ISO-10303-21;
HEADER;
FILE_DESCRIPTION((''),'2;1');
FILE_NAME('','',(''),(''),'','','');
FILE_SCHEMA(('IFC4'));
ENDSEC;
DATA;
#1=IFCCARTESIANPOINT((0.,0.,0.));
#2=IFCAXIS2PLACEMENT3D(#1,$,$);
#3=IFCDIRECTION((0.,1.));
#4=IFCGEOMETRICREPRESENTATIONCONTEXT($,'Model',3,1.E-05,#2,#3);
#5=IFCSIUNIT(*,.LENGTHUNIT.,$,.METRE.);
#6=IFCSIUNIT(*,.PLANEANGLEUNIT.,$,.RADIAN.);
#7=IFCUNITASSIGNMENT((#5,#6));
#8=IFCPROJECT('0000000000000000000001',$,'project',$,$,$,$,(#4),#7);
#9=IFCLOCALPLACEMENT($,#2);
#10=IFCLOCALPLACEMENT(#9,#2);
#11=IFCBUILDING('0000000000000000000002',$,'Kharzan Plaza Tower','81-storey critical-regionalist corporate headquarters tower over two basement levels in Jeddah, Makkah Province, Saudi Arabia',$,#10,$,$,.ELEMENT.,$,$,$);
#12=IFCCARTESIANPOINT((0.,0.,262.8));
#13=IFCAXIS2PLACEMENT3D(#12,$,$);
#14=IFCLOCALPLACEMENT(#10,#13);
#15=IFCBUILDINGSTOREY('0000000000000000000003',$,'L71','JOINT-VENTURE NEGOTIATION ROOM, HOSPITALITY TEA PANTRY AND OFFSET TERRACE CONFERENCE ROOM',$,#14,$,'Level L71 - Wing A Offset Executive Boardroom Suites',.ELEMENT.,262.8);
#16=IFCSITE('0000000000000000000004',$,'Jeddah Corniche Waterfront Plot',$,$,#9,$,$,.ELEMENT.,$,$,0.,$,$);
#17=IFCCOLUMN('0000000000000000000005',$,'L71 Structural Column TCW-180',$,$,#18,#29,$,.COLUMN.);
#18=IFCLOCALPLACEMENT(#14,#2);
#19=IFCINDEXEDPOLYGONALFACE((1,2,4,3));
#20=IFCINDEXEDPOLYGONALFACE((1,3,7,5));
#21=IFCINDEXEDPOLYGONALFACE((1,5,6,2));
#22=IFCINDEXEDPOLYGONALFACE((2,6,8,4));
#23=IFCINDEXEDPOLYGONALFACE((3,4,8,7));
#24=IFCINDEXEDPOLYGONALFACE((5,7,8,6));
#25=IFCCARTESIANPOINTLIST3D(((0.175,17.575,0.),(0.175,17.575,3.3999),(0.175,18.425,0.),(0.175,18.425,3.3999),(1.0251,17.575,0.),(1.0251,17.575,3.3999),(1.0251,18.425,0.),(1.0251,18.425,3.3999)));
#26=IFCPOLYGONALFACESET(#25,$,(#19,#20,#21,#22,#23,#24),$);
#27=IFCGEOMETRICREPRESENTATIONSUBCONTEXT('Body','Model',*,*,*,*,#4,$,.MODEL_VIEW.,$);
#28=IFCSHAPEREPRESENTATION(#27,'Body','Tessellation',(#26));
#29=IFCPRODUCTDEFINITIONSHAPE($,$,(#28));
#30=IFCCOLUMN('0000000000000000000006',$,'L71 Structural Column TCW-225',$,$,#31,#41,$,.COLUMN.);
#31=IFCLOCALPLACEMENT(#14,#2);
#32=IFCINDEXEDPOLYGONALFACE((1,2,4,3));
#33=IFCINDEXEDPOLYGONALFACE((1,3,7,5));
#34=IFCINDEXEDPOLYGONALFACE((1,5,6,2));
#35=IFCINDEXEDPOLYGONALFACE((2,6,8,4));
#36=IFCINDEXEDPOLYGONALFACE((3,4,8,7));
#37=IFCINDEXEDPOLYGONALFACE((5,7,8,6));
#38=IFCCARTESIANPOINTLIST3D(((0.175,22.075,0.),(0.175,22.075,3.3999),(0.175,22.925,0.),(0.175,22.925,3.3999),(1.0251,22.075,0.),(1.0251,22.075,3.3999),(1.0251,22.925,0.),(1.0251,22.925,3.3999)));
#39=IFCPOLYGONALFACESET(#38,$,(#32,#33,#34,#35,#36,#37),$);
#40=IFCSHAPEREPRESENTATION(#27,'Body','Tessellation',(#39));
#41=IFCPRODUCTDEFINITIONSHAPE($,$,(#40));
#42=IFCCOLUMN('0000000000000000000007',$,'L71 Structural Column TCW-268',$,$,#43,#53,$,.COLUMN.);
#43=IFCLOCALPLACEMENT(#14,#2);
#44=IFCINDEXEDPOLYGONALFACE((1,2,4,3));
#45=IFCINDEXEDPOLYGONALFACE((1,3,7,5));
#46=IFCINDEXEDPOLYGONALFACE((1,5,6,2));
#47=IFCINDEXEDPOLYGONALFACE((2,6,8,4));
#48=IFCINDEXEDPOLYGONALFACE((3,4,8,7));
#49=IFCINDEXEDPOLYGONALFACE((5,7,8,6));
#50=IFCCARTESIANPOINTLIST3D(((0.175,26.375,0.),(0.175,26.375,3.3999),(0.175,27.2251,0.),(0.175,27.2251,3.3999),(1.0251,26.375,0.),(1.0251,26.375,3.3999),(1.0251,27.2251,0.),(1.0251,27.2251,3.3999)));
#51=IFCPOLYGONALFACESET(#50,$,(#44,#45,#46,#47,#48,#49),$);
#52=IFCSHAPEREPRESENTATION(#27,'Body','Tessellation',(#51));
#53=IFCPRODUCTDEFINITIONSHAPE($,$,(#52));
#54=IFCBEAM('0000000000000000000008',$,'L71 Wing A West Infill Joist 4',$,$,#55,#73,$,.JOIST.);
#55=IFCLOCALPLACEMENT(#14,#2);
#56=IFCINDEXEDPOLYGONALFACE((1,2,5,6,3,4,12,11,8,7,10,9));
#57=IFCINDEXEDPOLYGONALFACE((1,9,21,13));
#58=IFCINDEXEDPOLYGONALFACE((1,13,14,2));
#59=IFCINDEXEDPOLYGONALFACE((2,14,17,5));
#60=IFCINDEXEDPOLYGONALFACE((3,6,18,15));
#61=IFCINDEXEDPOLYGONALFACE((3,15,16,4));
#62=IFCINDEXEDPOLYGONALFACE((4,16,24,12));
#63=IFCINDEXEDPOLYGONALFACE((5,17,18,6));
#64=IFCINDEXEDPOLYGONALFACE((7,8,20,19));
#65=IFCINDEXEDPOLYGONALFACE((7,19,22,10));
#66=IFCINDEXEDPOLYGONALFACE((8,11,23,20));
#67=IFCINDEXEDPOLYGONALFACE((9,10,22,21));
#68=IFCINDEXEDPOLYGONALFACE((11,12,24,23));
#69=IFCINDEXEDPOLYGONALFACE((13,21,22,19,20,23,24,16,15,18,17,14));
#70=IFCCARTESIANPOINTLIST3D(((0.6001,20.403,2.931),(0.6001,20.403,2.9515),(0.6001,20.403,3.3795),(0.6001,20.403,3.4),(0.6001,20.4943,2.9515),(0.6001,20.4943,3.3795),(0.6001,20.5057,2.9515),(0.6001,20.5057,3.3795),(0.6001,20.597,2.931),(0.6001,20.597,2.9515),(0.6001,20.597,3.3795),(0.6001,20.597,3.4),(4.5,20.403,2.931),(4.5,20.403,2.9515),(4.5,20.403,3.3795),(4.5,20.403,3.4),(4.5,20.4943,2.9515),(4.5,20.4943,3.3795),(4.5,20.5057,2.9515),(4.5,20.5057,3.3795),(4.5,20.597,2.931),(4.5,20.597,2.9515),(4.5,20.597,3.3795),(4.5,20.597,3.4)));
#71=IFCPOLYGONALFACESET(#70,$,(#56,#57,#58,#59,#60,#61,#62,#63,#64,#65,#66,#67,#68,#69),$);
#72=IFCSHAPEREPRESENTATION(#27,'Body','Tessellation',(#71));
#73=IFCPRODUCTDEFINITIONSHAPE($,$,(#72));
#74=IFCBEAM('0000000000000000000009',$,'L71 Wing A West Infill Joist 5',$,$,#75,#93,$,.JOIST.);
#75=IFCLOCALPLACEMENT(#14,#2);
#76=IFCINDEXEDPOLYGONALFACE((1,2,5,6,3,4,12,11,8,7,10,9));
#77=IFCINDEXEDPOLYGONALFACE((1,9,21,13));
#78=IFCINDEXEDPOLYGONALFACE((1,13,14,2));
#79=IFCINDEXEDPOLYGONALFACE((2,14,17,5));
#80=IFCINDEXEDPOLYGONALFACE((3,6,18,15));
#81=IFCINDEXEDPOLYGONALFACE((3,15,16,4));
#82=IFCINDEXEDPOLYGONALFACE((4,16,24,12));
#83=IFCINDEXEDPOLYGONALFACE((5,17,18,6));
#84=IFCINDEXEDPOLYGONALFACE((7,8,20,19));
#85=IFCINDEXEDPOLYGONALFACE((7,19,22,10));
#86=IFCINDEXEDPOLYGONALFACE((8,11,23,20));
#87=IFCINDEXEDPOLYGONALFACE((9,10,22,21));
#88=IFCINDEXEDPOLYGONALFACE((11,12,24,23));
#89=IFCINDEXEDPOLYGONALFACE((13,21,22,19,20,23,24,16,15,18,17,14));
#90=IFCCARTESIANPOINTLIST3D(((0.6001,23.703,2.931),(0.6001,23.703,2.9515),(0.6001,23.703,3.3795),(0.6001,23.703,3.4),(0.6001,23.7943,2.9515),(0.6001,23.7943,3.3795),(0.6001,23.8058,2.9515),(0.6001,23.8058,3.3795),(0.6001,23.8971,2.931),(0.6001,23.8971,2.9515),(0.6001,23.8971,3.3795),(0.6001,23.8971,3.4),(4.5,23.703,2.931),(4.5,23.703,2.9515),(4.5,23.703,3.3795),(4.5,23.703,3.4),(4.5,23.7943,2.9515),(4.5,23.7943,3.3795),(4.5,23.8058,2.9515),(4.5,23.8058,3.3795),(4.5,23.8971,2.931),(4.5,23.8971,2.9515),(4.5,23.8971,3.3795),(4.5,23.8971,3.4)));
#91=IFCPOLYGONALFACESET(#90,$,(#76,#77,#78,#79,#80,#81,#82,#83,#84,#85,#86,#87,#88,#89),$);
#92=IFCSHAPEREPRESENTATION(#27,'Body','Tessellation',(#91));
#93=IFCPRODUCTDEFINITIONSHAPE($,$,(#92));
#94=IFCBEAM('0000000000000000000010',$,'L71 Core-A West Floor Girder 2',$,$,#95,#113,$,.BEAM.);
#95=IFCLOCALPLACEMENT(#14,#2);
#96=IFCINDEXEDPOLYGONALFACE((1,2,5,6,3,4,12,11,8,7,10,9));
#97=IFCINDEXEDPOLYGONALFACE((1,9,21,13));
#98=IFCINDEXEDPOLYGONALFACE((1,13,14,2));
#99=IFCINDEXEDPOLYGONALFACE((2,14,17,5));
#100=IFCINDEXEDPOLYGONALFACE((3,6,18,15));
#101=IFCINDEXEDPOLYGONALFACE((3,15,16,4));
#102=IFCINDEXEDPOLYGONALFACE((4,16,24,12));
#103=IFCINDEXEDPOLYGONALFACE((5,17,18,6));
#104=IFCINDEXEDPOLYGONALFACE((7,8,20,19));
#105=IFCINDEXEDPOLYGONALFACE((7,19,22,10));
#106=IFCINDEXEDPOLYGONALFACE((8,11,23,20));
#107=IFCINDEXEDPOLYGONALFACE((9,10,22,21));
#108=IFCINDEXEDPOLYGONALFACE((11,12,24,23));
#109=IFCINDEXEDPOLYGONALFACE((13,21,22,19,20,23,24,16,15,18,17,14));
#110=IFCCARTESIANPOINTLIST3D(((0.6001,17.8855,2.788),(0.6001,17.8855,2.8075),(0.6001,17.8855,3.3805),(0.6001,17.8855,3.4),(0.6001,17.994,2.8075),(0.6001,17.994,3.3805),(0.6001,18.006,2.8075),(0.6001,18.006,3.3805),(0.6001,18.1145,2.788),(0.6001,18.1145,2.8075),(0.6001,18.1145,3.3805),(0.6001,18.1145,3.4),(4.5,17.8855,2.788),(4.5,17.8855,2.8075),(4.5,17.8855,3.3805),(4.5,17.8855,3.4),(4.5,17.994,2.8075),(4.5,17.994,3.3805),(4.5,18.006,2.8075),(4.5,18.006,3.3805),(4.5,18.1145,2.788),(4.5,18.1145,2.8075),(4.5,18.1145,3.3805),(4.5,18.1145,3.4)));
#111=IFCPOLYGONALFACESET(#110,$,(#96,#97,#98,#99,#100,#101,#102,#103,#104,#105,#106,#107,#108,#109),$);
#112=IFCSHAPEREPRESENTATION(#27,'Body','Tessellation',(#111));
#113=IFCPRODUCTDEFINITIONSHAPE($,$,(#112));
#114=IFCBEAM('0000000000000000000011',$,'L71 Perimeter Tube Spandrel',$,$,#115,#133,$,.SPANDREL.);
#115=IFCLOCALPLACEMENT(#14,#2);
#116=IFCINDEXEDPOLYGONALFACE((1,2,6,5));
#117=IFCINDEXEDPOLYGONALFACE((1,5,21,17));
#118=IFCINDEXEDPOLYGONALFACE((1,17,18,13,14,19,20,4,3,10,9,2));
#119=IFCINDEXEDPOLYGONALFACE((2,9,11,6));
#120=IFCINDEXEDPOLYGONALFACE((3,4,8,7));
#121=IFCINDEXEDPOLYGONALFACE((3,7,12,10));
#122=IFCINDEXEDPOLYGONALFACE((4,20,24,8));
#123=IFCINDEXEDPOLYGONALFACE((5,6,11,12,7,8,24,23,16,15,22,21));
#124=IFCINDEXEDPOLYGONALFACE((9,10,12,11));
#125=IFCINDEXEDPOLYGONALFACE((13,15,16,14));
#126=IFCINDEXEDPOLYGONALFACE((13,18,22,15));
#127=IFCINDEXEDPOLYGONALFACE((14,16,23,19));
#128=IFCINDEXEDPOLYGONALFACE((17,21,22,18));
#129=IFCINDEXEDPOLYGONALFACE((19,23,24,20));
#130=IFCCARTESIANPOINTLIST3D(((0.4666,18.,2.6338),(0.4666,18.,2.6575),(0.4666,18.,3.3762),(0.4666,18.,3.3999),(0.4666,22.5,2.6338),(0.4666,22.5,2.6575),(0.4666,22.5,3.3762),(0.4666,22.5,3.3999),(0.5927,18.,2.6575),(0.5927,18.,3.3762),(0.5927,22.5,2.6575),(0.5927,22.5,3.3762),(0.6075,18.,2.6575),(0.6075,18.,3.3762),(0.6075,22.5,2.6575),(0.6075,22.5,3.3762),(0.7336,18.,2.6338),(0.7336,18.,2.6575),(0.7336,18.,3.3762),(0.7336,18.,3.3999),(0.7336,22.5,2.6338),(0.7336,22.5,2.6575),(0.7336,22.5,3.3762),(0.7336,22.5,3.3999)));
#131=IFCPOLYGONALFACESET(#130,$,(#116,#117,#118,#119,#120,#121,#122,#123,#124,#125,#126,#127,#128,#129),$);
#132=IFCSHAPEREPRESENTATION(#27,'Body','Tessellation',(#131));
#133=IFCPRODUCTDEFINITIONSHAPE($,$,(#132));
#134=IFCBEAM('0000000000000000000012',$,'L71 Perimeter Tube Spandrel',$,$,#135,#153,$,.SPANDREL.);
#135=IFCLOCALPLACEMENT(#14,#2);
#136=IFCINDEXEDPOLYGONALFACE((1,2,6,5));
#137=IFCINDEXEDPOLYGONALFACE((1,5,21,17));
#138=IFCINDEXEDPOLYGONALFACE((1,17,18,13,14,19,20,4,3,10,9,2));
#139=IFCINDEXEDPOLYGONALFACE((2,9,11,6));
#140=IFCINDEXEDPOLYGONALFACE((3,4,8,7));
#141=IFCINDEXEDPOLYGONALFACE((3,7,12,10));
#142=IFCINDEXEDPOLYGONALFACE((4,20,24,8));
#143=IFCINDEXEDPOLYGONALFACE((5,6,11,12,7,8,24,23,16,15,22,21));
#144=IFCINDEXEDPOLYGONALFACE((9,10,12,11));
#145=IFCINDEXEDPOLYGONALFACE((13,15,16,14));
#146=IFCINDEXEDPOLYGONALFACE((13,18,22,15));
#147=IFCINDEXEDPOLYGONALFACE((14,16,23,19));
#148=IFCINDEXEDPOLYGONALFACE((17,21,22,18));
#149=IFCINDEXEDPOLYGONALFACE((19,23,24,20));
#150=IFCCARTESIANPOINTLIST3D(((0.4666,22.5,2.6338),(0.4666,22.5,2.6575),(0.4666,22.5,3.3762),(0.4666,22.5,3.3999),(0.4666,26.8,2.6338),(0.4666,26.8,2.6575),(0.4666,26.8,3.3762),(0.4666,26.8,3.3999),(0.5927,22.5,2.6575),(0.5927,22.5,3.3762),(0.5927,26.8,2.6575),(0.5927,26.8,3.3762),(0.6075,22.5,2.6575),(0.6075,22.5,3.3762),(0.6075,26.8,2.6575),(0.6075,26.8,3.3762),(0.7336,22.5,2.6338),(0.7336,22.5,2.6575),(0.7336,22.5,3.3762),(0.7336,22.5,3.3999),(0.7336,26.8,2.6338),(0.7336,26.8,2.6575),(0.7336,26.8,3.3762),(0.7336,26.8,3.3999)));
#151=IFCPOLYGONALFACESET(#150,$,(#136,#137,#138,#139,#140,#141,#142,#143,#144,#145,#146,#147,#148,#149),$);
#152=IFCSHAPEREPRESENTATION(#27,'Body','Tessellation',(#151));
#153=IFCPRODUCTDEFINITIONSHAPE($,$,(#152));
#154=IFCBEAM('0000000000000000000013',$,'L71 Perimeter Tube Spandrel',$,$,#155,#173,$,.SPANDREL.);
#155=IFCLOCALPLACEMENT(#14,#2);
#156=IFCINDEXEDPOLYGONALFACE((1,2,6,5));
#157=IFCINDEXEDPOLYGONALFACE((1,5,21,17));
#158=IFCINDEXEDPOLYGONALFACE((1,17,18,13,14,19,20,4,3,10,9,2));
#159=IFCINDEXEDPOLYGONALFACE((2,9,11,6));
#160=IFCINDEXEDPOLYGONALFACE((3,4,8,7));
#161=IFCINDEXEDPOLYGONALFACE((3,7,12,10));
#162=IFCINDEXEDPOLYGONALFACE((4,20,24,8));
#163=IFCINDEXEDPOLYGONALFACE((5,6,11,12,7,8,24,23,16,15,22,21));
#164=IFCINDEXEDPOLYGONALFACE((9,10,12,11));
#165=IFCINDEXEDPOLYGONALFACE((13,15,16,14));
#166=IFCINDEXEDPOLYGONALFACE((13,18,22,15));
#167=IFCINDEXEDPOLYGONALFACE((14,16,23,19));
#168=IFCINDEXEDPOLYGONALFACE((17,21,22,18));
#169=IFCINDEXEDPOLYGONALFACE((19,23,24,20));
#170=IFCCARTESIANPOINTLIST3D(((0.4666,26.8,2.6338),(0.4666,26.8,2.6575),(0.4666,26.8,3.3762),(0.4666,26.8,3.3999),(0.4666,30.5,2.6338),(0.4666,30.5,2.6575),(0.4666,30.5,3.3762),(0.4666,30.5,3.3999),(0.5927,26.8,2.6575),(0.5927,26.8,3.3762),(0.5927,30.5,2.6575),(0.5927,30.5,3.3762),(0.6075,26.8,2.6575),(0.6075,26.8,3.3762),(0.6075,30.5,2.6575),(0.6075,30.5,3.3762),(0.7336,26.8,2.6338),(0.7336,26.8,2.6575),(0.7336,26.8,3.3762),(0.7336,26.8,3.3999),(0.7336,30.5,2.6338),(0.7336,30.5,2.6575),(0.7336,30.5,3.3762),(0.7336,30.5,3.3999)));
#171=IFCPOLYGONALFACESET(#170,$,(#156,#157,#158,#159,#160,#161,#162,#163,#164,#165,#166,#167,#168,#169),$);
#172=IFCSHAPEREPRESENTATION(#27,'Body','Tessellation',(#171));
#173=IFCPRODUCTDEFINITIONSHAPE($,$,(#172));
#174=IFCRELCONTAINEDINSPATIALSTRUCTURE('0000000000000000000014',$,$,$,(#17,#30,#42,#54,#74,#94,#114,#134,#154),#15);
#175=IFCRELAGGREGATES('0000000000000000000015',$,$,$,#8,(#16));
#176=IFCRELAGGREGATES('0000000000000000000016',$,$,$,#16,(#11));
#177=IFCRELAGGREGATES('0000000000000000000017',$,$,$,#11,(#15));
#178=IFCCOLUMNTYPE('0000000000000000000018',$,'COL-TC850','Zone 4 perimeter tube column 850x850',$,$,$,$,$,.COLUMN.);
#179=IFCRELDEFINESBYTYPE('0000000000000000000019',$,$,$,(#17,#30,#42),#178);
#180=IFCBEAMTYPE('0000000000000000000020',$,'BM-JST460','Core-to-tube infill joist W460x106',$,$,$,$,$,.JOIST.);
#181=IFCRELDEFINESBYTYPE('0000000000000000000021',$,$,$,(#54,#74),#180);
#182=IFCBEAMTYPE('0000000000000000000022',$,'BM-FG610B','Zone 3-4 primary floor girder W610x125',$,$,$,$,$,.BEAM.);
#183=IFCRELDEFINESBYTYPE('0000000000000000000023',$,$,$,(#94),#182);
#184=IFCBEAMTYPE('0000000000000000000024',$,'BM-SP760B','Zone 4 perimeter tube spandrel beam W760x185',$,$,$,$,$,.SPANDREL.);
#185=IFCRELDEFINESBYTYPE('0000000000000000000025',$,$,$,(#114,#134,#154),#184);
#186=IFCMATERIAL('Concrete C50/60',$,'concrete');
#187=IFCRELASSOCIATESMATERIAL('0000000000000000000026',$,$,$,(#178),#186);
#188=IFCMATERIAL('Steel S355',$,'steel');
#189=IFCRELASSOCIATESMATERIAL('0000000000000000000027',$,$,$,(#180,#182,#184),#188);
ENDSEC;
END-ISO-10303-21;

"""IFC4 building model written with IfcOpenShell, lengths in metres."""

from ifc_helpers import new_model, si_unit, direction, frame, origin, origin_2d, place, context, subcontext, project, spatial, rectangle, i_section, extrude, source, transform, mapped, material, material_profile, profile_set, type_object, element, save


model = new_model("IFC4")

# Units and contexts
model_context = context("Model", 3, precision=1e-05, world=origin(), true_north=direction((0.0, 1.0)))
body_context = subcontext(model_context, "Body", "Model", "MODEL_VIEW")
ifc_project = project(units=[si_unit("LENGTHUNIT", "METRE"), si_unit("PLANEANGLEUNIT", "RADIAN")], contexts=[model_context])

# Site, building, storey
site_placement = place(None, origin())
site = spatial("IfcSite", under=ifc_project, at=site_placement, Name="Jeddah Corniche Waterfront Plot", CompositionType="ELEMENT", RefElevation=0.0)
building_placement = place(site_placement, origin())
building = spatial("IfcBuilding", under=site, at=building_placement, Name="Kharzan Plaza Tower", Description="81-storey critical-regionalist corporate headquarters tower over two basement levels in Jeddah, Makkah Province, Saudi Arabia", CompositionType="ELEMENT")
storey_placement = place(building_placement, frame((0.0, 0.0, 262.8)))
storey = spatial("IfcBuildingStorey", under=building, at=storey_placement, Name="L71", Description="JOINT-VENTURE NEGOTIATION ROOM, HOSPITALITY TEA PANTRY AND OFFSET TERRACE CONFERENCE ROOM", LongName="Level L71 - Wing A Offset Executive Boardroom Suites", CompositionType="ELEMENT", Elevation=262.8)

# Columns
ifc_material_1 = material(Name="Concrete C50/60", Category="concrete")
ifc_material_profile_1 = material_profile(ifc_material_1, rectangle(XDim=0.8501, YDim=0.8501, at=origin_2d()), Name="RC-TC850x850")
ifc_profile_set_1 = profile_set([ifc_material_profile_1], Name="Concrete C50/60")
column_type = type_object("IfcColumnType", Name="COL-TC850", Description="Zone 4 perimeter tube column 850x850", PredefinedType="COLUMN", material=ifc_profile_set_1)
shared_shape_1 = source(origin(), body_context, "Body", "SweptSolid", [
    extrude(rectangle(XDim=0.8501, YDim=0.8501, at=origin_2d()), origin(), (0.0, 0.0, 1.0), 3.3999),
])
for number, where, z_axis, x_axis, name in (
    (1, (0.6001, 18.0, 0.0), (0.0, 0.0, 1.0), (1.0, 0.0, 0.0), "L71 Structural Column TCW-180"),
    (2, (0.6001, 22.5, 0.0), (0.0, 0.0, 1.0), (1.0, 0.0, 0.0), "L71 Structural Column TCW-225"),
    (3, (0.6001, 26.8, 0.0), (0.0, 0.0, 1.0), (1.0, 0.0, 0.0), "L71 Structural Column TCW-268"),
):
    element("IfcColumn", number, at=place(storey_placement, frame(where, z_axis=z_axis, x_axis=x_axis)), inside=storey, type_object=column_type, Name=name, PredefinedType="COLUMN", context=body_context, shape_type="MappedRepresentation", body=[
        mapped(shared_shape_1, transform((0.0, 0.0, 0.0), x_axis=(1.0, 0.0, 0.0), y_axis=(0.0, 1.0, 0.0), z_axis=(0.0, 0.0, 1.0))),
    ])

# Beams
ifc_material_2 = material(Name="Steel S355", Category="steel")
ifc_material_profile_2 = material_profile(ifc_material_2, i_section(OverallWidth=0.1941, OverallDepth=0.469, WebThickness=0.0115, FlangeThickness=0.0205, at=origin_2d()), Name="W460x106")
ifc_profile_set_2 = profile_set([ifc_material_profile_2], Name="Steel S355")
beam_type_1 = type_object("IfcBeamType", Name="BM-JST460", Description="Core-to-tube infill joist W460x106", PredefinedType="JOIST", material=ifc_profile_set_2)
shared_shape_2 = source(origin(), body_context, "Body", "SweptSolid", [
    extrude(i_section(OverallWidth=0.1941, OverallDepth=0.469, WebThickness=0.0115, FlangeThickness=0.0205, at=origin_2d()), origin(), (0.0, 0.0, 1.0), 3.8999),
])
for number, where, z_axis, x_axis, name in (
    (4, (0.6001, 20.5, 3.1655), (1.0, 0.0, 0.0), (0.0, 1.0, 0.0), "L71 Wing A West Infill Joist 4"),
    (5, (0.6001, 23.8, 3.1655), (1.0, 0.0, 0.0), (0.0, 1.0, 0.0), "L71 Wing A West Infill Joist 5"),
):
    element("IfcBeam", number, at=place(storey_placement, frame(where, z_axis=z_axis, x_axis=x_axis)), inside=storey, type_object=beam_type_1, Name=name, PredefinedType="JOIST", context=body_context, shape_type="MappedRepresentation", body=[
        mapped(shared_shape_2, transform((0.0, 0.0, 0.0), x_axis=(1.0, 0.0, 0.0), y_axis=(0.0, 1.0, 0.0), z_axis=(0.0, 0.0, 1.0))),
    ])
ifc_material_profile_3 = material_profile(ifc_material_2, i_section(OverallWidth=0.229, OverallDepth=0.6121, WebThickness=0.012, FlangeThickness=0.0195, at=origin_2d()), Name="W610x125")
ifc_profile_set_3 = profile_set([ifc_material_profile_3], Name="Steel S355")
beam_type_2 = type_object("IfcBeamType", Name="BM-FG610B", Description="Zone 3-4 primary floor girder W610x125", PredefinedType="BEAM", material=ifc_profile_set_3)
shared_shape_3 = source(origin(), body_context, "Body", "SweptSolid", [
    extrude(i_section(OverallWidth=0.229, OverallDepth=0.6121, WebThickness=0.012, FlangeThickness=0.0195, at=origin_2d()), origin(), (0.0, 0.0, 1.0), 3.8999),
])
beam_1_placement = place(storey_placement, frame((0.6001, 18.0, 3.094), z_axis=(1.0, 0.0, 0.0), x_axis=(0.0, 1.0, 0.0)))
element("IfcBeam", 6, at=beam_1_placement, inside=storey, type_object=beam_type_2, Name="L71 Core-A West Floor Girder 2", PredefinedType="BEAM", context=body_context, shape_type="MappedRepresentation", body=[
    mapped(shared_shape_3, transform((0.0, 0.0, 0.0), x_axis=(1.0, 0.0, 0.0), y_axis=(0.0, 1.0, 0.0), z_axis=(0.0, 0.0, 1.0))),
])
ifc_material_profile_4 = material_profile(ifc_material_2, i_section(OverallWidth=0.2671, OverallDepth=0.7661, WebThickness=0.0149, FlangeThickness=0.0237, at=origin_2d()), Name="W760x185")
ifc_profile_set_4 = profile_set([ifc_material_profile_4], Name="Steel S355")
beam_type_3 = type_object("IfcBeamType", Name="BM-SP760B", Description="Zone 4 perimeter tube spandrel beam W760x185", PredefinedType="SPANDREL", material=ifc_profile_set_4)
shared_shape_4 = source(origin(), body_context, "Body", "SweptSolid", [
    extrude(i_section(OverallWidth=0.2671, OverallDepth=0.7661, WebThickness=0.0149, FlangeThickness=0.0237, at=origin_2d()), origin(), (0.0, 0.0, 1.0), 4.5),
])
beam_2_placement = place(storey_placement, frame((0.6001, 18.0, 3.0168), z_axis=(0.0, 1.0, 0.0), x_axis=(-1.0, 0.0, 0.0)))
element("IfcBeam", 7, at=beam_2_placement, inside=storey, type_object=beam_type_3, Name="L71 Perimeter Tube Spandrel", PredefinedType="SPANDREL", context=body_context, shape_type="MappedRepresentation", body=[
    mapped(shared_shape_4, transform((0.0, 0.0, 0.0), x_axis=(1.0, 0.0, 0.0), y_axis=(0.0, 1.0, 0.0), z_axis=(0.0, 0.0, 1.0))),
])
shared_shape_5 = source(origin(), body_context, "Body", "SweptSolid", [
    extrude(i_section(OverallWidth=0.2671, OverallDepth=0.7661, WebThickness=0.0149, FlangeThickness=0.0237, at=origin_2d()), origin(), (0.0, 0.0, 1.0), 4.3),
])
beam_3_placement = place(storey_placement, frame((0.6001, 22.5, 3.0168), z_axis=(0.0, 1.0, 0.0), x_axis=(-1.0, 0.0, 0.0)))
element("IfcBeam", 8, at=beam_3_placement, inside=storey, type_object=beam_type_3, Name="L71 Perimeter Tube Spandrel", PredefinedType="SPANDREL", context=body_context, shape_type="MappedRepresentation", body=[
    mapped(shared_shape_5, transform((0.0, 0.0, 0.0), x_axis=(1.0, 0.0, 0.0), y_axis=(0.0, 1.0, 0.0), z_axis=(0.0, 0.0, 1.0))),
])
shared_shape_6 = source(origin(), body_context, "Body", "SweptSolid", [
    extrude(i_section(OverallWidth=0.2671, OverallDepth=0.7661, WebThickness=0.0149, FlangeThickness=0.0237, at=origin_2d()), origin(), (0.0, 0.0, 1.0), 3.7),
])
beam_4_placement = place(storey_placement, frame((0.6001, 26.8, 3.0168), z_axis=(0.0, 1.0, 0.0), x_axis=(-1.0, 0.0, 0.0)))
element("IfcBeam", 9, at=beam_4_placement, inside=storey, type_object=beam_type_3, Name="L71 Perimeter Tube Spandrel", PredefinedType="SPANDREL", context=body_context, shape_type="MappedRepresentation", body=[
    mapped(shared_shape_6, transform((0.0, 0.0, 0.0), x_axis=(1.0, 0.0, 0.0), y_axis=(0.0, 1.0, 0.0), z_axis=(0.0, 0.0, 1.0))),
])

save(model, "model.ifc")
